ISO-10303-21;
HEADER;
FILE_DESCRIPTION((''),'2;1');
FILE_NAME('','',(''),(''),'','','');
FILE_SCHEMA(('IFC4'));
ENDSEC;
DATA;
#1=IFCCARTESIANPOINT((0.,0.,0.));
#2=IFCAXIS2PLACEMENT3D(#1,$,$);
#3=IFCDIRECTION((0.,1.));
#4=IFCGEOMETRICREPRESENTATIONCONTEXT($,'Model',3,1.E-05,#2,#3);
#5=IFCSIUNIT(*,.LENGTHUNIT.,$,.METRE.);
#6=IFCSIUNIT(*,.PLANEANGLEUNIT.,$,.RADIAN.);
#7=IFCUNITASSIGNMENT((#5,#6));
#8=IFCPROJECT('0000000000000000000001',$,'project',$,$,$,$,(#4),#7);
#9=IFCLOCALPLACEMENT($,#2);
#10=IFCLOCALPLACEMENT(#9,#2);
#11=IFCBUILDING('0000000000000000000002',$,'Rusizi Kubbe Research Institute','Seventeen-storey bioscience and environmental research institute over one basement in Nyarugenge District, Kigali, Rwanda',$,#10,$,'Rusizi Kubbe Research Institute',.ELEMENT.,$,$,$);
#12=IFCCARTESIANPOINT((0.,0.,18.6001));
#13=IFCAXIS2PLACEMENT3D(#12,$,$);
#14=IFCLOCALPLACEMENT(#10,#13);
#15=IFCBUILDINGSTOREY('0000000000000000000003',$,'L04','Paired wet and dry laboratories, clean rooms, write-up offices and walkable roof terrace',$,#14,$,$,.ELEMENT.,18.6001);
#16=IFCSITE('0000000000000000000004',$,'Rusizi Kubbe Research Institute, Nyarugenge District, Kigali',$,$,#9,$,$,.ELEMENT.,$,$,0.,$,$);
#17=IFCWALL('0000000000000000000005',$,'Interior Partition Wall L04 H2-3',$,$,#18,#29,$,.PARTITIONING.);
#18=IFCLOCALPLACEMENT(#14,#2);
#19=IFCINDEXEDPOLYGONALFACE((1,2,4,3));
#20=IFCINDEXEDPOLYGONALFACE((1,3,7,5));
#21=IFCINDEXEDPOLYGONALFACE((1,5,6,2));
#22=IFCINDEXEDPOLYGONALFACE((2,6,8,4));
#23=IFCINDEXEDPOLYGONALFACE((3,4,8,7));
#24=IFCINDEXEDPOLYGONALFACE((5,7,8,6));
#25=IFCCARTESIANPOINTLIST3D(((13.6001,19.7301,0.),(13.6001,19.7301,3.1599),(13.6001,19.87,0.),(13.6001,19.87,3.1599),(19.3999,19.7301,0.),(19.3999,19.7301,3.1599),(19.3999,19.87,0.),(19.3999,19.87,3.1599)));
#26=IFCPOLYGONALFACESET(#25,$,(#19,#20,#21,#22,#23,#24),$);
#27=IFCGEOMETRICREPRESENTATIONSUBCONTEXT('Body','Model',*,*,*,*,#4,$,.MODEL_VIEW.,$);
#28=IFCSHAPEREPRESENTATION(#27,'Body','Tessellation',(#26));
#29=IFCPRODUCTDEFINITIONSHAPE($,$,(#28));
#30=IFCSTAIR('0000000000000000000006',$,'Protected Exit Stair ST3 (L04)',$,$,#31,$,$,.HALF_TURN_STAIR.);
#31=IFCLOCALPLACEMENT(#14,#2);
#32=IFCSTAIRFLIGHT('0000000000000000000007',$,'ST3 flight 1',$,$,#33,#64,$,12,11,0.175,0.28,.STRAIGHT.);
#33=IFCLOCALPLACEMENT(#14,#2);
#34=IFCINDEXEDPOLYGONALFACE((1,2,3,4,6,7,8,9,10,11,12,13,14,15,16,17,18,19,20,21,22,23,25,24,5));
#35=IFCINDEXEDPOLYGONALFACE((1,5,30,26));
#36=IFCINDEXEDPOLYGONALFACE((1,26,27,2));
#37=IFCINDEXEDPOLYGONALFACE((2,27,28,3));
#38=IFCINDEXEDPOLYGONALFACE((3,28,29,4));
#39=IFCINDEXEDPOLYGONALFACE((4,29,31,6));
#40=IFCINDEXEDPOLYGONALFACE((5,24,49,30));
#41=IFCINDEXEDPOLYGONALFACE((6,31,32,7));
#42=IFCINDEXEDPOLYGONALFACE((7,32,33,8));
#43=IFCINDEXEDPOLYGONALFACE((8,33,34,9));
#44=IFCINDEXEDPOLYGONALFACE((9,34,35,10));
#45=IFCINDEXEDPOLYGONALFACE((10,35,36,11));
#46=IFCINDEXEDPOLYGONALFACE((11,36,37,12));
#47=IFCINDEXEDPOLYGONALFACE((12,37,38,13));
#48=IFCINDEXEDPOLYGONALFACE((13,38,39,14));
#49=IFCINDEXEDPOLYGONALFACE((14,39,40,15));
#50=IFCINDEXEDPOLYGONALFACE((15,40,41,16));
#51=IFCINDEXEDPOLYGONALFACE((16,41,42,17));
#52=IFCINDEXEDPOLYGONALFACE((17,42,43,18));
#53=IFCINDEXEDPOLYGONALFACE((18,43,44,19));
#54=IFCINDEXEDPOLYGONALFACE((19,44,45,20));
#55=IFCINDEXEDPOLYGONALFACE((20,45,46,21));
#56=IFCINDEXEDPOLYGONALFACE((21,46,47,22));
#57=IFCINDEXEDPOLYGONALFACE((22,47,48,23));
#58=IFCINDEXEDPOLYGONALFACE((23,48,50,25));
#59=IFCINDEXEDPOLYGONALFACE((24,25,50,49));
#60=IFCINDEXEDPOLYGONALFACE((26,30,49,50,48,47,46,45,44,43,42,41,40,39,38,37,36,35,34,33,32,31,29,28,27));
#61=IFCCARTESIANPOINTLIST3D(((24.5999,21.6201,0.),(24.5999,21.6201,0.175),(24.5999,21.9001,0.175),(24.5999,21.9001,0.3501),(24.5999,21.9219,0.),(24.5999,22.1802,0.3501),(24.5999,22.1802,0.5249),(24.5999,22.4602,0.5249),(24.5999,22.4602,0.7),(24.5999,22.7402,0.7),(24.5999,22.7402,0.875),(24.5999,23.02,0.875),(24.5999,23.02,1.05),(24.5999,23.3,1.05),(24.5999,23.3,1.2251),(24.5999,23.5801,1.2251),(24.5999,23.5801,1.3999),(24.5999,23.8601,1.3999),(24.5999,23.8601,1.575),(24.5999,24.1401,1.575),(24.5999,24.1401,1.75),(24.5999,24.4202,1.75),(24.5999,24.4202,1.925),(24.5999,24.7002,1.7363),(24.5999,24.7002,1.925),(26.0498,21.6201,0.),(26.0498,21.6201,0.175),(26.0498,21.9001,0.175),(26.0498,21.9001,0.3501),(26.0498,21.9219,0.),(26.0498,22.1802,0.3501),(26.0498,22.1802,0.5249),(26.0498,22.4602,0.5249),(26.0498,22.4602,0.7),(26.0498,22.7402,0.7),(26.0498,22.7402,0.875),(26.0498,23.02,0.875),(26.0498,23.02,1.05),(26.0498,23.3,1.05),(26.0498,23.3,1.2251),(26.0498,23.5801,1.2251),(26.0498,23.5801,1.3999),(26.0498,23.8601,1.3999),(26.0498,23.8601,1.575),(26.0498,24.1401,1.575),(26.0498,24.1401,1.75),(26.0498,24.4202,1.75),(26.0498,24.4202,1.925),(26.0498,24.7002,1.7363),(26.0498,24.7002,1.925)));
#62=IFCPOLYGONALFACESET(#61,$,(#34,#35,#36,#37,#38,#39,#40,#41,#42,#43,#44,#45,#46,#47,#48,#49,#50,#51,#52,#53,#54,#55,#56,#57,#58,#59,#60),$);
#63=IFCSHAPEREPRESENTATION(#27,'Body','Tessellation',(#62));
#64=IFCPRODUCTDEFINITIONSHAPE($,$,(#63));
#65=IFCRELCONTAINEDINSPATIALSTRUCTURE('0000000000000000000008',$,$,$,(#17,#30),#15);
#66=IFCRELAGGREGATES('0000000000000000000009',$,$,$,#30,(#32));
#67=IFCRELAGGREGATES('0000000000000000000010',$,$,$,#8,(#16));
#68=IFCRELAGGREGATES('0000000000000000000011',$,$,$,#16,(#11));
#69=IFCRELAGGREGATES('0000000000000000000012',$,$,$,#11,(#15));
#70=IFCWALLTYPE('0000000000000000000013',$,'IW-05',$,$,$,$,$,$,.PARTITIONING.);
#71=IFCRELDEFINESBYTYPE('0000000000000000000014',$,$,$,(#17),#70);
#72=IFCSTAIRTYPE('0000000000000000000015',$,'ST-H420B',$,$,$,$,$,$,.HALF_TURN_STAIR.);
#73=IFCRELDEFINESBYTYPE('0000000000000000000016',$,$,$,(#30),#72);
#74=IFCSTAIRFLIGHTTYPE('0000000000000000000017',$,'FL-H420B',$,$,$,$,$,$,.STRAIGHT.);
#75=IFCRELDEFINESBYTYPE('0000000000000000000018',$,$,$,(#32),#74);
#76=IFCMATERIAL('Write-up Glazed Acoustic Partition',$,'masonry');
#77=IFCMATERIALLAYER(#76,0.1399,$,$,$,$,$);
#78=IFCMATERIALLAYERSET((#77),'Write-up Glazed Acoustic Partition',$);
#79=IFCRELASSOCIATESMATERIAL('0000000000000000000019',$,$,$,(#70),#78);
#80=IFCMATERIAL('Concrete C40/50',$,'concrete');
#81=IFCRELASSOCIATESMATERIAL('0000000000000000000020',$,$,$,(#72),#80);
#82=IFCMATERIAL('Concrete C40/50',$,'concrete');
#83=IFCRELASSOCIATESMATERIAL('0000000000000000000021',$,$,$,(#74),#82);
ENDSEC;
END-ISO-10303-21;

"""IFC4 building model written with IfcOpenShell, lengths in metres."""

from ifc_helpers import new_model, si_unit, direction, frame, frame_2d, origin, place, context, subcontext, project, spatial, polyline, rectangle, outline, extrude, material, layer, layer_set, type_object, element, aggregate, save


model = new_model("IFC4")

# Units and contexts
model_context = context("Model", 3, precision=1e-05, world=origin(), true_north=direction((0.0, 1.0)))
body_context = subcontext(model_context, "Body", "Model", "MODEL_VIEW")
ifc_project = project(units=[si_unit("LENGTHUNIT", "METRE"), si_unit("PLANEANGLEUNIT", "RADIAN")], contexts=[model_context])

# Site, building, storey
site_placement = place(None, origin())
site = spatial("IfcSite", under=ifc_project, at=site_placement, Name="Rusizi Kubbe Research Institute, Nyarugenge District, Kigali", CompositionType="ELEMENT", RefElevation=0.0)
building_placement = place(site_placement, origin())
building = spatial("IfcBuilding", under=site, at=building_placement, Name="Rusizi Kubbe Research Institute", Description="Seventeen-storey bioscience and environmental research institute over one basement in Nyarugenge District, Kigali, Rwanda", LongName="Rusizi Kubbe Research Institute", CompositionType="ELEMENT")
storey_placement = place(building_placement, frame((0.0, 0.0, 18.6001)))
storey = spatial("IfcBuildingStorey", under=building, at=storey_placement, Name="L04", Description="Paired wet and dry laboratories, clean rooms, write-up offices and walkable roof terrace", CompositionType="ELEMENT", Elevation=18.6001)

# Wall
ifc_material_1 = material(Name="Write-up Glazed Acoustic Partition", Category="masonry")
ifc_layer_1 = layer(ifc_material_1, 0.1399)
ifc_layer_set_1 = layer_set([ifc_layer_1], Name="Write-up Glazed Acoustic Partition")
wall_type_1 = type_object("IfcWallType", Name="IW-05", PredefinedType="PARTITIONING", material=ifc_layer_set_1)
wall_1_placement = place(storey_placement, frame((13.6001, 19.8, 0.0), z_axis=(0.0, 0.0, 1.0), x_axis=(1.0, 0.0, 0.0)))
element("IfcWall", 1, at=wall_1_placement, inside=storey, type_object=wall_type_1, Name="Interior Partition Wall L04 H2-3", PredefinedType="PARTITIONING", context=body_context, shape_type="SweptSolid", body=[
    extrude(rectangle(XDim=5.7998, YDim=0.1399, at=frame_2d((2.8999, 0.0))), origin(), (0.0, 0.0, 1.0), 3.1599),
])

# Stair, stair flight
ifc_material_2 = material(Name="Concrete C40/50", Category="concrete")
stair_type = type_object("IfcStairType", Name="ST-H420B", PredefinedType="HALF_TURN_STAIR", material=ifc_material_2)
stair_placement = place(storey_placement, origin())
stair = element("IfcStair", 2, at=stair_placement, inside=storey, type_object=stair_type, Name="Protected Exit Stair ST3 (L04)", PredefinedType="HALF_TURN_STAIR")
ifc_material_3 = material(Name="Concrete C40/50", Category="concrete")
stair_flight_type = type_object("IfcStairFlightType", Name="FL-H420B", PredefinedType="STRAIGHT", material=ifc_material_3)
stair_flight_placement = place(storey_placement, frame((25.325, 21.6201, 0.0), z_axis=(0.0, 0.0, 1.0), x_axis=(0.0, 1.0, 0.0)))
stair_flight = element("IfcStairFlight", 3, at=stair_flight_placement, type_object=stair_flight_type, Name="ST3 flight 1", NumberOfRisers=12, NumberOfTreads=11, PredefinedType="STRAIGHT", RiserHeight=0.175, TreadLength=0.28, context=body_context, shape_type="SweptSolid", body=[
    extrude(outline(polyline([(0.0, 0.0), (0.0, 0.175), (0.28, 0.175), (0.28, 0.3501), (0.5601, 0.3501), (0.5601, 0.5249), (0.8401, 0.5249), (0.8401, 0.7), (1.1201, 0.7), (1.1201, 0.875), (1.3999, 0.875), (1.3999, 1.05), (1.6799, 1.05), (1.6799, 1.2251), (1.96, 1.2251), (1.96, 1.3999), (2.24, 1.3999), (2.24, 1.575), (2.52, 1.575), (2.52, 1.75), (2.8, 1.75), (2.8, 1.925), (3.0801, 1.925), (3.0801, 2.1001), (3.0801, 1.7363), (0.3018, 0.0), (0.0, 0.0)])), frame((0.0, 0.7251, 0.0), z_axis=(0.0, -1.0, 0.0), x_axis=(1.0, 0.0, 0.0)), (0.0, 0.0, 1.0), 1.45),
])
aggregate(stair, [stair_flight])

save(model, "model.ifc")
